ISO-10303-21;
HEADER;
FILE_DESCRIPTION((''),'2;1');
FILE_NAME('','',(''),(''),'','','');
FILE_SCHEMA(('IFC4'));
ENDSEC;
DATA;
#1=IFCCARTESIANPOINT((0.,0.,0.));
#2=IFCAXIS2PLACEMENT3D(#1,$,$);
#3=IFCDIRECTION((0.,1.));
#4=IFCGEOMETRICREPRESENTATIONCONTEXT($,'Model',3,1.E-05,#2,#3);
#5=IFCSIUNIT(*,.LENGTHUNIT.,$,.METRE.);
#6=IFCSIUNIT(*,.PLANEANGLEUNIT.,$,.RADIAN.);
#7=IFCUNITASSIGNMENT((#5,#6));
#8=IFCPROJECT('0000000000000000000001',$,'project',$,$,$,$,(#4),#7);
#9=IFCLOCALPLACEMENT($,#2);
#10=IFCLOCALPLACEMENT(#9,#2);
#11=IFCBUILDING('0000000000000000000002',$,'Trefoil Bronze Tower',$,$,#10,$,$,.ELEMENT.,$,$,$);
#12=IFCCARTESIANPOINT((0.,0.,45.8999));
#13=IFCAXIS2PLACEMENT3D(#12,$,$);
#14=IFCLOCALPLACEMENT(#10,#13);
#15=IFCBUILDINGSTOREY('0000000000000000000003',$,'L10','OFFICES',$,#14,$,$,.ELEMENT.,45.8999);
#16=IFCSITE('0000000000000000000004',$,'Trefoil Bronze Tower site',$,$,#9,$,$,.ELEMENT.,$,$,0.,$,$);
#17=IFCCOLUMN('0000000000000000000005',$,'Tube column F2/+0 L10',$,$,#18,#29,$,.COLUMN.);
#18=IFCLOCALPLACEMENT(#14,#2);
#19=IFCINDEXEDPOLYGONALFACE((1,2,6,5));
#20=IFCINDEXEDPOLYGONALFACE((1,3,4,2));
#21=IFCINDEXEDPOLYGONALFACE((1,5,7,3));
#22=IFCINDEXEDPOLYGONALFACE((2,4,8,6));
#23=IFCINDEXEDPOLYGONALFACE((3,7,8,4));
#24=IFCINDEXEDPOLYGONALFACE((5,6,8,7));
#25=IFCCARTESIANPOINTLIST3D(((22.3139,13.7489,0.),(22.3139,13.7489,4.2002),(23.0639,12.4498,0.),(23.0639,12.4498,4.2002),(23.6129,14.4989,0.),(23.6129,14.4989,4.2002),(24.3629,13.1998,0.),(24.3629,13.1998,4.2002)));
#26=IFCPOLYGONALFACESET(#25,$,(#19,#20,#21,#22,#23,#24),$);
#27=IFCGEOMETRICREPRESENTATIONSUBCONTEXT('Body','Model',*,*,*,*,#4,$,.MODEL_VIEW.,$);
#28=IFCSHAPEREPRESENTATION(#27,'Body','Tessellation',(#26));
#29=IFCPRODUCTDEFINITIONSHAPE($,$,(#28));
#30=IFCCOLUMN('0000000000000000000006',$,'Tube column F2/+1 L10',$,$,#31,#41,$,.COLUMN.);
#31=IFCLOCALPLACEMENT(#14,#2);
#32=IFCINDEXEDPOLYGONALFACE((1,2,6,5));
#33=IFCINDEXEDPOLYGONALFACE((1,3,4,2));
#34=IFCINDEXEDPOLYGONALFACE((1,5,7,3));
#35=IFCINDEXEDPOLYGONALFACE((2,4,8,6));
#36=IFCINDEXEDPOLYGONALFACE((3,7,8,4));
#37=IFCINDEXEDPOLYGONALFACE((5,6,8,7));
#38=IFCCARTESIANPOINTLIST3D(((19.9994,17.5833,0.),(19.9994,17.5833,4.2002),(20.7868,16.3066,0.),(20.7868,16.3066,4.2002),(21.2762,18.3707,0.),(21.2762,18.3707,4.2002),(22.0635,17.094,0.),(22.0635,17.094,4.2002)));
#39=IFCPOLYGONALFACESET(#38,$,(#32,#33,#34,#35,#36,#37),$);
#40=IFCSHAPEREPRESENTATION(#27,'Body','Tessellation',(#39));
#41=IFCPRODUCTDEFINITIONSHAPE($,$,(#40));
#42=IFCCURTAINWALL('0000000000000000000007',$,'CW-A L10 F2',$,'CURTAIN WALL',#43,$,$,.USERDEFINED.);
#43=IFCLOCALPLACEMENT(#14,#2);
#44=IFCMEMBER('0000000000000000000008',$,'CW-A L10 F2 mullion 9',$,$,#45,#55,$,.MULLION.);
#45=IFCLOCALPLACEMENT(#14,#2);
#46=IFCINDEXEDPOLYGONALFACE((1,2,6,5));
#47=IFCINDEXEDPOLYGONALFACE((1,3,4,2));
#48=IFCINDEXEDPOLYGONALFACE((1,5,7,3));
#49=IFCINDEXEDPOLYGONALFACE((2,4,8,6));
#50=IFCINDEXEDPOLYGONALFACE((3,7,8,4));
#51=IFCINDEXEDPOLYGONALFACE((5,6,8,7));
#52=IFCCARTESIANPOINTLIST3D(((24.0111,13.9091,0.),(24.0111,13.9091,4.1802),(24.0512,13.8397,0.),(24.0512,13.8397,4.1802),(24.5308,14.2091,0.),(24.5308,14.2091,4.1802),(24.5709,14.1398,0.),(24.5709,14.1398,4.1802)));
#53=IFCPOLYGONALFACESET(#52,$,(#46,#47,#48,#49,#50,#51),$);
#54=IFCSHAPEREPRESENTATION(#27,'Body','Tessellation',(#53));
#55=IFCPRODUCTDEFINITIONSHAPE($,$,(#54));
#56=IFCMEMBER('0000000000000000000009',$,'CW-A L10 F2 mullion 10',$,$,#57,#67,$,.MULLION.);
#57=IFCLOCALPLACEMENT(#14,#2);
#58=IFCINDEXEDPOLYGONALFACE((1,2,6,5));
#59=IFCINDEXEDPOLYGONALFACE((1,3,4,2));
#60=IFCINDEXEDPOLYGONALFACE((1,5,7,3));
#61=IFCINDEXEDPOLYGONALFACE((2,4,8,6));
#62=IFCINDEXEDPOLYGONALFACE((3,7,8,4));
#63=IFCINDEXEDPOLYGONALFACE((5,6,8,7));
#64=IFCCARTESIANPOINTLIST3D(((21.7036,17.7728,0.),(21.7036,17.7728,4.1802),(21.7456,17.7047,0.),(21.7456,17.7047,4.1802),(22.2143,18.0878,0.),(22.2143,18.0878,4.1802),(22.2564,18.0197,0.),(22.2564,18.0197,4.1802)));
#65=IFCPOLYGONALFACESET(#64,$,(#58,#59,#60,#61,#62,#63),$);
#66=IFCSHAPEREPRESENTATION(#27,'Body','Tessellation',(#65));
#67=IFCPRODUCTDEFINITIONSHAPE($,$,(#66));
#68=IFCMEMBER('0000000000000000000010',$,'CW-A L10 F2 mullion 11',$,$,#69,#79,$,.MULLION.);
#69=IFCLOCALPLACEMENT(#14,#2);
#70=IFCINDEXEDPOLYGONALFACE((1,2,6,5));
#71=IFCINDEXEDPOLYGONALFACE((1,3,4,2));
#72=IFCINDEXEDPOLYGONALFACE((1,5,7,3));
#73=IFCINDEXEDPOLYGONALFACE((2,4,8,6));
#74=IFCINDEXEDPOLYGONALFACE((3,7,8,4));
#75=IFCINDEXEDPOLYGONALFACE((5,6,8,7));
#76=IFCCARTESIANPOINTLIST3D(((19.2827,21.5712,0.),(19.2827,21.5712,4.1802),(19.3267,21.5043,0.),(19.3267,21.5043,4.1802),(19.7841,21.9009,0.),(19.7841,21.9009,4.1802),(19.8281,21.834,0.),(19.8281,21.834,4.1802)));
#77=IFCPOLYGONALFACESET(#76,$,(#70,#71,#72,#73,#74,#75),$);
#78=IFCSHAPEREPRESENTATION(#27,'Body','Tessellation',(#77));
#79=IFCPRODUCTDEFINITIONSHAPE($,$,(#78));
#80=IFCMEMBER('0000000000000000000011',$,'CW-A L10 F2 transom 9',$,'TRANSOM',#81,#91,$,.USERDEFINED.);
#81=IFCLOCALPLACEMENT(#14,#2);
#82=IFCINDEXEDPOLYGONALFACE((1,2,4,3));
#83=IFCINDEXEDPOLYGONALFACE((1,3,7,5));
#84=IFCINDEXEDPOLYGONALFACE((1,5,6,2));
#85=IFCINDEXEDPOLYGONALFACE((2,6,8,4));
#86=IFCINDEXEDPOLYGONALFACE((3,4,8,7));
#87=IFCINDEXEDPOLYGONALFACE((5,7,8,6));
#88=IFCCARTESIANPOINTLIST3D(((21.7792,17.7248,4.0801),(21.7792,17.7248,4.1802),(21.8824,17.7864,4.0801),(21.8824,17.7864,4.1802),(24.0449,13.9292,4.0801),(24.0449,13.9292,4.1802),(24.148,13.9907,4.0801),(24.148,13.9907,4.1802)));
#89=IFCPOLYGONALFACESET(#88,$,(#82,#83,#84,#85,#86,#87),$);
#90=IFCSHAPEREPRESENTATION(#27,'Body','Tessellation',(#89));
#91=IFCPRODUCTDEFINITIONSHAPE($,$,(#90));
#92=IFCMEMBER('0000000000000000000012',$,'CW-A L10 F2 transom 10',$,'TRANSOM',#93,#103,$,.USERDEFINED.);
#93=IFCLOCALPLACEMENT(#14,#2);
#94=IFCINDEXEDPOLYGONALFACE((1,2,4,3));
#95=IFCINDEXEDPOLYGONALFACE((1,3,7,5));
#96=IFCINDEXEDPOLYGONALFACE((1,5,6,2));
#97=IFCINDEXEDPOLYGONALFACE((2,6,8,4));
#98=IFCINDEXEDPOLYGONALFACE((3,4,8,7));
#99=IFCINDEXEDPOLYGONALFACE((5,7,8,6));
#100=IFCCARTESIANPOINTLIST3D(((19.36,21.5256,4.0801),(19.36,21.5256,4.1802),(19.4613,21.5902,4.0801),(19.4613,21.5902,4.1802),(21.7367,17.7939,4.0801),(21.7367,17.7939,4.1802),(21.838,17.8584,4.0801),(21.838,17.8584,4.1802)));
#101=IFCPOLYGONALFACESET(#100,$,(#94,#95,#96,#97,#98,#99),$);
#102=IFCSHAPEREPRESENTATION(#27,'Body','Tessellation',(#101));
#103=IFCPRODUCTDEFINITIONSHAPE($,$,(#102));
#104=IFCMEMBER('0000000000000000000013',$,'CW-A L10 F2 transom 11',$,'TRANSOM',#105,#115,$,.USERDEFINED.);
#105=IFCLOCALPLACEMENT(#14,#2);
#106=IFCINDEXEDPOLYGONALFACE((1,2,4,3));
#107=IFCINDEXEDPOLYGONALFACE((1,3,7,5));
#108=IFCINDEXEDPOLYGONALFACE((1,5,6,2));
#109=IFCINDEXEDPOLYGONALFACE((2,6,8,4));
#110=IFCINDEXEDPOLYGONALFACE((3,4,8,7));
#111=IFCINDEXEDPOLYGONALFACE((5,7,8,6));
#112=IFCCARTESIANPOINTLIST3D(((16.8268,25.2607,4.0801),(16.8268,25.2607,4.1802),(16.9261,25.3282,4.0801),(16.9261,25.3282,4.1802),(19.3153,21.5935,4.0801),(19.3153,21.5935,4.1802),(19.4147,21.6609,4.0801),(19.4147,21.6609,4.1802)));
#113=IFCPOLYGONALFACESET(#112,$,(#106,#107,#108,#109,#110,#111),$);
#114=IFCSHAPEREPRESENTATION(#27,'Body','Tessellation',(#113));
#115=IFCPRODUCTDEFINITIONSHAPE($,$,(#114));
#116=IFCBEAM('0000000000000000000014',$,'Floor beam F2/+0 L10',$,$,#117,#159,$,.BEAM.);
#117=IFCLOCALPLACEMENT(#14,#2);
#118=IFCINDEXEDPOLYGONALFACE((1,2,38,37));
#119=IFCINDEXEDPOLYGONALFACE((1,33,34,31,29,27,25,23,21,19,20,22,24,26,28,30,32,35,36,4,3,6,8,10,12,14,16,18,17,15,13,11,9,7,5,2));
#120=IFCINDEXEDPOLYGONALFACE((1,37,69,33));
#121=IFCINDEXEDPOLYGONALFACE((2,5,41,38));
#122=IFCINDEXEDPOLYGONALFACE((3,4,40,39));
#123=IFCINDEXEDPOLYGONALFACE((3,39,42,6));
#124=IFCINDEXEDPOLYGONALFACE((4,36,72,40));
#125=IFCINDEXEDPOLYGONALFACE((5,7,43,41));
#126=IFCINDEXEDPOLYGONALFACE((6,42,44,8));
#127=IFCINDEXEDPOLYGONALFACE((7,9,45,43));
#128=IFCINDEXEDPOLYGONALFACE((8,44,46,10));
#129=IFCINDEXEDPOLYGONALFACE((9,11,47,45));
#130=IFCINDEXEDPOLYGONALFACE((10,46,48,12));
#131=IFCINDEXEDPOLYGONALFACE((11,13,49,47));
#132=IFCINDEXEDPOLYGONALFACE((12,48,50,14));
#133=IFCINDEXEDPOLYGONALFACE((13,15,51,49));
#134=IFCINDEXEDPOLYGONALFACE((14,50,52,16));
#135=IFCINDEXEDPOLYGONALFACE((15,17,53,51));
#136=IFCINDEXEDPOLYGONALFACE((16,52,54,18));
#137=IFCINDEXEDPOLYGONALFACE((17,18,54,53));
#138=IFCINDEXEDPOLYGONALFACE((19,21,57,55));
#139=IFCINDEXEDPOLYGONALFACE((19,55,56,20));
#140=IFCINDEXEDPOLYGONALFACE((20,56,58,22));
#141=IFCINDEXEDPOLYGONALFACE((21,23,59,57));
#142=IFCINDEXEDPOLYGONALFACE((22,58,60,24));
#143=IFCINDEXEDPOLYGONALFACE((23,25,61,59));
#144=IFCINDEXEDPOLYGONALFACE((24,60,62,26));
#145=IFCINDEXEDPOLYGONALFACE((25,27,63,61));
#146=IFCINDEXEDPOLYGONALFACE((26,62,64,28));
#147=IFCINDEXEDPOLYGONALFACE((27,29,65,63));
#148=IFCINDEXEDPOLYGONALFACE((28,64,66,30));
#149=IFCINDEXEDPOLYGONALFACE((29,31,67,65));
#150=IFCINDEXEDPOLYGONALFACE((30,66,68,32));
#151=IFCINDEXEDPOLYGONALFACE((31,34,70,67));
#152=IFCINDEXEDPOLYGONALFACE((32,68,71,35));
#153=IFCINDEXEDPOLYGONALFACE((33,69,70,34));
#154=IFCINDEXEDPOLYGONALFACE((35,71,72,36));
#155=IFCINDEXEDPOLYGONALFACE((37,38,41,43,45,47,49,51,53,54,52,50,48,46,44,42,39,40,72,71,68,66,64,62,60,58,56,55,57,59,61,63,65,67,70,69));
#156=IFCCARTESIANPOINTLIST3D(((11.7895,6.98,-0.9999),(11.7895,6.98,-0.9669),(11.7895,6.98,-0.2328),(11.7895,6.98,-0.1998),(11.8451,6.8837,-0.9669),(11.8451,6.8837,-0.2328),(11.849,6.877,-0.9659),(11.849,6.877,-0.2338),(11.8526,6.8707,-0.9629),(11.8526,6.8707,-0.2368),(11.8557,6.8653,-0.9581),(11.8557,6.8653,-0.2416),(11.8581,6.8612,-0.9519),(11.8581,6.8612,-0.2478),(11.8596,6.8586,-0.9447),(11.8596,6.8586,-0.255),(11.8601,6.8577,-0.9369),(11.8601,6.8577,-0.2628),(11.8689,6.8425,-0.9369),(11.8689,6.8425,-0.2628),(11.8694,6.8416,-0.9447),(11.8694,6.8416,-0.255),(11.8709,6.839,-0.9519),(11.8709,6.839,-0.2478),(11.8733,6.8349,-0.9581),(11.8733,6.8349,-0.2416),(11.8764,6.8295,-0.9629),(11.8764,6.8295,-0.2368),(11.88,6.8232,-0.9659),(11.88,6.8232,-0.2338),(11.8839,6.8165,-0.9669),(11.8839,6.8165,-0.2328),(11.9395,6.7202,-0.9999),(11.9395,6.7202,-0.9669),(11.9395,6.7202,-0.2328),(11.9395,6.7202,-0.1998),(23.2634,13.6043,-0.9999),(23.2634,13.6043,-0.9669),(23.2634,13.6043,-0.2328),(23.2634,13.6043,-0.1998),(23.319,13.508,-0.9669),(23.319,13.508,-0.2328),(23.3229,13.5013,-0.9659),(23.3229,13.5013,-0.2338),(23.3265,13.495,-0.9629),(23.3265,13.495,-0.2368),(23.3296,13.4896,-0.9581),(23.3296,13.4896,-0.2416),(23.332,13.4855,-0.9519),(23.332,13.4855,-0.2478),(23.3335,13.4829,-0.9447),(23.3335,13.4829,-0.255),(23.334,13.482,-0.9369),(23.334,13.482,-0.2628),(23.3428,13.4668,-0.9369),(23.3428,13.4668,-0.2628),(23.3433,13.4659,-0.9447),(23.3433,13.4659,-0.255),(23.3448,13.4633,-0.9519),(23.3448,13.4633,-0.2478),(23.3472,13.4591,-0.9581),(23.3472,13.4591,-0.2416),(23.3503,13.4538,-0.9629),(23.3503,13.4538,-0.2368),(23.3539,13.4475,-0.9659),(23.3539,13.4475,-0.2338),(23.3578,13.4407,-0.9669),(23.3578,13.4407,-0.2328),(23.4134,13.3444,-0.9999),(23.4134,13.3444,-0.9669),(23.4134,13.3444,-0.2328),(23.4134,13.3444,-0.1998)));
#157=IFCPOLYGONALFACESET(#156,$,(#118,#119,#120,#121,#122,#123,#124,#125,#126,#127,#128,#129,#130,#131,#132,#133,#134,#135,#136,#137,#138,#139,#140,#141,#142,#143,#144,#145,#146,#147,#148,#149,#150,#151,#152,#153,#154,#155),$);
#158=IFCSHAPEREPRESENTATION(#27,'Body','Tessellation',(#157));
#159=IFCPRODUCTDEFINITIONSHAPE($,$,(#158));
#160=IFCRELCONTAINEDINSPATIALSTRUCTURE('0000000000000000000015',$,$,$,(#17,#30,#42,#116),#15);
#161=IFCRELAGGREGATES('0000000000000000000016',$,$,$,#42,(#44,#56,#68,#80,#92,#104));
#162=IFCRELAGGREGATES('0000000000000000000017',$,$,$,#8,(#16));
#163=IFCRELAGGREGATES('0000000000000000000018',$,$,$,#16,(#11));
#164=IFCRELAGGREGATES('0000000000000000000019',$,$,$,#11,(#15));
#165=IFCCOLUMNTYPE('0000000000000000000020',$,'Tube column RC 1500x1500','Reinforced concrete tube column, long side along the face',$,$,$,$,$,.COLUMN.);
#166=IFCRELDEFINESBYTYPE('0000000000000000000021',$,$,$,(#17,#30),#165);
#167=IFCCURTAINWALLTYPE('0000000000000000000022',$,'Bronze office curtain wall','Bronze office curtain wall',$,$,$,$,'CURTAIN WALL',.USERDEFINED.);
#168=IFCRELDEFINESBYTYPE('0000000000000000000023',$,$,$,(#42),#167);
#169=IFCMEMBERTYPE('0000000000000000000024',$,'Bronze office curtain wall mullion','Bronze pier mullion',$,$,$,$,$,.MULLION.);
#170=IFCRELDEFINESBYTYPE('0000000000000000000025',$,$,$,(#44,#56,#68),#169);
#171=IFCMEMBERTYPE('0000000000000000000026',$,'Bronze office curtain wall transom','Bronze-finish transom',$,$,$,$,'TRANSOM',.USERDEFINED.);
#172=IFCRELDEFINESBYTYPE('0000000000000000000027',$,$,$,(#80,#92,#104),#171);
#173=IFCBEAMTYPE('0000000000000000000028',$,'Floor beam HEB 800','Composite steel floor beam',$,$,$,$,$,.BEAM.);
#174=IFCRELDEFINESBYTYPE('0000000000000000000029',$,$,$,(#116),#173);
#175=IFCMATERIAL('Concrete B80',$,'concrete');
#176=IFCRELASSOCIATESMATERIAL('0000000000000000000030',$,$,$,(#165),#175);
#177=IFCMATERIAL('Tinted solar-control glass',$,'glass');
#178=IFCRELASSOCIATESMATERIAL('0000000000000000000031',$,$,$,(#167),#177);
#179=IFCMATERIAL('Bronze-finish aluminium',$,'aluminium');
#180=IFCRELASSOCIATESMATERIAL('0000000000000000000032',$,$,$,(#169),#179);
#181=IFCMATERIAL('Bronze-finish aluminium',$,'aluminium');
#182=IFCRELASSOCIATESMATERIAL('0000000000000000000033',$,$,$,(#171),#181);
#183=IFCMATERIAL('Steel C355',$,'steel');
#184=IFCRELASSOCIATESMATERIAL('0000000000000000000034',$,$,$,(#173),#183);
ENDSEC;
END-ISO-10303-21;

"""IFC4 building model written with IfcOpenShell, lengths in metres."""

from ifc_helpers import new_model, si_unit, direction, frame, origin, origin_2d, place, context, subcontext, project, spatial, rectangle, i_section, extrude, material, material_profile, profile_set, type_object, element, aggregate, save


model = new_model("IFC4")

# Units and contexts
model_context = context("Model", 3, precision=1e-05, world=origin(), true_north=direction((0.0, 1.0)))
body_context = subcontext(model_context, "Body", "Model", "MODEL_VIEW")
ifc_project = project(units=[si_unit("LENGTHUNIT", "METRE"), si_unit("PLANEANGLEUNIT", "RADIAN")], contexts=[model_context])

# Site, building, storey
site_placement = place(None, origin())
site = spatial("IfcSite", under=ifc_project, at=site_placement, Name="Trefoil Bronze Tower site", CompositionType="ELEMENT", RefElevation=0.0)
building_placement = place(site_placement, origin())
building = spatial("IfcBuilding", under=site, at=building_placement, Name="Trefoil Bronze Tower", CompositionType="ELEMENT")
storey_placement = place(building_placement, frame((0.0, 0.0, 45.8999)))
storey = spatial("IfcBuildingStorey", under=building, at=storey_placement, Name="L10", Description="OFFICES", CompositionType="ELEMENT", Elevation=45.8999)

# Columns
ifc_material_1 = material(Name="Concrete B80", Category="concrete")
ifc_material_profile_1 = material_profile(ifc_material_1, rectangle(XDim=1.5, YDim=1.5, at=origin_2d()), Name="RC 1500x1500")
ifc_profile_set_1 = profile_set([ifc_material_profile_1], Name="Concrete B80")
column_type = type_object("IfcColumnType", Name="Tube column RC 1500x1500", Description="Reinforced concrete tube column, long side along the face", PredefinedType="COLUMN", material=ifc_profile_set_1)
for number, where, z_axis, x_axis, name in (
    (1, (23.3384, 13.4744, 0.0), (0.0, 0.0, 1.0), (-0.5, 0.866025, 0.0), "Tube column F2/+0 L10"),
    (2, (21.0315, 17.3386, 0.0), (0.0, 0.0, 1.0), (-0.524923, 0.85115, 0.0), "Tube column F2/+1 L10"),
):
    element("IfcColumn", number, at=place(storey_placement, frame(where, z_axis=z_axis, x_axis=x_axis)), inside=storey, type_object=column_type, Name=name, PredefinedType="COLUMN", context=body_context, shape_type="SweptSolid", body=[
        extrude(rectangle(XDim=1.5, YDim=1.5, at=origin_2d()), origin(), (0.0, 0.0, 1.0), 4.2002),
    ])

# Curtain wall, members
ifc_material_2 = material(Name="Tinted solar-control glass", Category="glass")
curtain_wall_type = type_object("IfcCurtainWallType", Name="Bronze office curtain wall", Description="Bronze office curtain wall", ElementType="CURTAIN WALL", PredefinedType="USERDEFINED", material=ifc_material_2)
curtain_wall_placement = place(storey_placement, origin())
curtain_wall = element("IfcCurtainWall", 3, at=curtain_wall_placement, inside=storey, type_object=curtain_wall_type, Name="CW-A L10 F2", ObjectType="CURTAIN WALL", PredefinedType="USERDEFINED")
ifc_material_3 = material(Name="Bronze-finish aluminium", Category="aluminium")
ifc_material_profile_2 = material_profile(ifc_material_3, rectangle(XDim=0.6001, YDim=0.0801, at=origin_2d()), Name="CW-A mullion")
ifc_profile_set_2 = profile_set([ifc_material_profile_2], Name="Bronze-finish aluminium")
member_type_1 = type_object("IfcMemberType", Name="Bronze office curtain wall mullion", Description="Bronze pier mullion", PredefinedType="MULLION", material=ifc_profile_set_2)
member_1_placement = place(storey_placement, frame((24.291, 14.0244, 0.0), z_axis=(0.0, 0.0, 1.0), x_axis=(-0.866025, -0.5, 0.0)))
member_1 = element("IfcMember", 4, at=member_1_placement, type_object=member_type_1, Name="CW-A L10 F2 mullion 9", PredefinedType="MULLION", context=body_context, shape_type="SweptSolid", body=[
    extrude(rectangle(XDim=0.6001, YDim=0.0801, at=origin_2d()), origin(), (0.0, 0.0, 1.0), 4.1802),
])
member_2_placement = place(storey_placement, frame((21.98, 17.8962, 0.0), z_axis=(0.0, 0.0, 1.0), x_axis=(-0.85115, -0.524923, 0.0)))
member_2 = element("IfcMember", 5, at=member_2_placement, type_object=member_type_1, Name="CW-A L10 F2 mullion 10", PredefinedType="MULLION", context=body_context, shape_type="SweptSolid", body=[
    extrude(rectangle(XDim=0.6001, YDim=0.0801, at=origin_2d()), origin(), (0.0, 0.0, 1.0), 4.1802),
])
member_3_placement = place(storey_placement, frame((19.5554, 21.7026, 0.0), z_axis=(0.0, 0.0, 1.0), x_axis=(-0.835544, -0.549424, 0.0)))
member_3 = element("IfcMember", 6, at=member_3_placement, type_object=member_type_1, Name="CW-A L10 F2 mullion 11", PredefinedType="MULLION", context=body_context, shape_type="SweptSolid", body=[
    extrude(rectangle(XDim=0.6001, YDim=0.0801, at=origin_2d()), origin(), (0.0, 0.0, 1.0), 4.1802),
])
ifc_material_4 = material(Name="Bronze-finish aluminium", Category="aluminium")
ifc_material_profile_3 = material_profile(ifc_material_4, rectangle(XDim=0.1201, YDim=0.1001, at=origin_2d()), Name="CW-A transom")
ifc_profile_set_3 = profile_set([ifc_material_profile_3], Name="Bronze-finish aluminium")
member_type_2 = type_object("IfcMemberType", Name="Bronze office curtain wall transom", Description="Bronze-finish transom", ElementType="TRANSOM", PredefinedType="USERDEFINED", material=ifc_profile_set_3)
member_4_placement = place(storey_placement, frame((24.0964, 13.96, 4.1301), z_axis=(-0.512537, 0.858665, 0.0), x_axis=(-0.858665, -0.512537, 0.0)))
member_4 = element("IfcMember", 7, at=member_4_placement, type_object=member_type_2, Name="CW-A L10 F2 transom 9", ObjectType="TRANSOM", PredefinedType="USERDEFINED", context=body_context, shape_type="SweptSolid", body=[
    extrude(rectangle(XDim=0.1201, YDim=0.1001, at=origin_2d()), origin(), (0.0, 0.0, 1.0), 4.4204),
])
member_5_placement = place(storey_placement, frame((21.7874, 17.8262, 4.1301), z_axis=(-0.537197, 0.843457, 0.0), x_axis=(-0.843457, -0.537197, 0.0)))
member_5 = element("IfcMember", 8, at=member_5_placement, type_object=member_type_2, Name="CW-A L10 F2 transom 10", ObjectType="TRANSOM", PredefinedType="USERDEFINED", context=body_context, shape_type="SweptSolid", body=[
    extrude(rectangle(XDim=0.1201, YDim=0.1001, at=origin_2d()), origin(), (0.0, 0.0, 1.0), 4.4243),
])
member_6_placement = place(storey_placement, frame((19.365, 21.6272, 4.1301), z_axis=(-0.561508, 0.827471, 0.0), x_axis=(-0.827471, -0.561508, 0.0)))
member_6 = element("IfcMember", 9, at=member_6_placement, type_object=member_type_2, Name="CW-A L10 F2 transom 11", ObjectType="TRANSOM", PredefinedType="USERDEFINED", context=body_context, shape_type="SweptSolid", body=[
    extrude(rectangle(XDim=0.1201, YDim=0.1001, at=origin_2d()), origin(), (0.0, 0.0, 1.0), 4.4319),
])

# Beam
ifc_material_5 = material(Name="Steel C355", Category="steel")
ifc_material_profile_4 = material_profile(ifc_material_5, i_section(OverallWidth=0.3, OverallDepth=0.8, WebThickness=0.0176, FlangeThickness=0.033, FilletRadius=0.03, at=origin_2d()), Name="HEB 800")
ifc_profile_set_4 = profile_set([ifc_material_profile_4], Name="Steel C355")
beam_type_1 = type_object("IfcBeamType", Name="Floor beam HEB 800", Description="Composite steel floor beam", PredefinedType="BEAM", material=ifc_profile_set_4)
beam_1_placement = place(storey_placement, frame((23.3384, 13.4744, -0.5999), z_axis=(-0.866031, -0.49999, 0.0), x_axis=(0.49999, -0.866031, 0.0)))
element("IfcBeam", 10, at=beam_1_placement, inside=storey, type_object=beam_type_1, Name="Floor beam F2/+0 L10", PredefinedType="BEAM", context=body_context, shape_type="SweptSolid", body=[
    extrude(i_section(OverallWidth=0.3, OverallDepth=0.8, WebThickness=0.0176, FlangeThickness=0.033, FilletRadius=0.03, at=origin_2d()), origin(), (0.0, 0.0, 1.0), 13.2488),
])

aggregate(curtain_wall, [member_1, member_2, member_3, member_4, member_5, member_6])

save(model, "model.ifc")
